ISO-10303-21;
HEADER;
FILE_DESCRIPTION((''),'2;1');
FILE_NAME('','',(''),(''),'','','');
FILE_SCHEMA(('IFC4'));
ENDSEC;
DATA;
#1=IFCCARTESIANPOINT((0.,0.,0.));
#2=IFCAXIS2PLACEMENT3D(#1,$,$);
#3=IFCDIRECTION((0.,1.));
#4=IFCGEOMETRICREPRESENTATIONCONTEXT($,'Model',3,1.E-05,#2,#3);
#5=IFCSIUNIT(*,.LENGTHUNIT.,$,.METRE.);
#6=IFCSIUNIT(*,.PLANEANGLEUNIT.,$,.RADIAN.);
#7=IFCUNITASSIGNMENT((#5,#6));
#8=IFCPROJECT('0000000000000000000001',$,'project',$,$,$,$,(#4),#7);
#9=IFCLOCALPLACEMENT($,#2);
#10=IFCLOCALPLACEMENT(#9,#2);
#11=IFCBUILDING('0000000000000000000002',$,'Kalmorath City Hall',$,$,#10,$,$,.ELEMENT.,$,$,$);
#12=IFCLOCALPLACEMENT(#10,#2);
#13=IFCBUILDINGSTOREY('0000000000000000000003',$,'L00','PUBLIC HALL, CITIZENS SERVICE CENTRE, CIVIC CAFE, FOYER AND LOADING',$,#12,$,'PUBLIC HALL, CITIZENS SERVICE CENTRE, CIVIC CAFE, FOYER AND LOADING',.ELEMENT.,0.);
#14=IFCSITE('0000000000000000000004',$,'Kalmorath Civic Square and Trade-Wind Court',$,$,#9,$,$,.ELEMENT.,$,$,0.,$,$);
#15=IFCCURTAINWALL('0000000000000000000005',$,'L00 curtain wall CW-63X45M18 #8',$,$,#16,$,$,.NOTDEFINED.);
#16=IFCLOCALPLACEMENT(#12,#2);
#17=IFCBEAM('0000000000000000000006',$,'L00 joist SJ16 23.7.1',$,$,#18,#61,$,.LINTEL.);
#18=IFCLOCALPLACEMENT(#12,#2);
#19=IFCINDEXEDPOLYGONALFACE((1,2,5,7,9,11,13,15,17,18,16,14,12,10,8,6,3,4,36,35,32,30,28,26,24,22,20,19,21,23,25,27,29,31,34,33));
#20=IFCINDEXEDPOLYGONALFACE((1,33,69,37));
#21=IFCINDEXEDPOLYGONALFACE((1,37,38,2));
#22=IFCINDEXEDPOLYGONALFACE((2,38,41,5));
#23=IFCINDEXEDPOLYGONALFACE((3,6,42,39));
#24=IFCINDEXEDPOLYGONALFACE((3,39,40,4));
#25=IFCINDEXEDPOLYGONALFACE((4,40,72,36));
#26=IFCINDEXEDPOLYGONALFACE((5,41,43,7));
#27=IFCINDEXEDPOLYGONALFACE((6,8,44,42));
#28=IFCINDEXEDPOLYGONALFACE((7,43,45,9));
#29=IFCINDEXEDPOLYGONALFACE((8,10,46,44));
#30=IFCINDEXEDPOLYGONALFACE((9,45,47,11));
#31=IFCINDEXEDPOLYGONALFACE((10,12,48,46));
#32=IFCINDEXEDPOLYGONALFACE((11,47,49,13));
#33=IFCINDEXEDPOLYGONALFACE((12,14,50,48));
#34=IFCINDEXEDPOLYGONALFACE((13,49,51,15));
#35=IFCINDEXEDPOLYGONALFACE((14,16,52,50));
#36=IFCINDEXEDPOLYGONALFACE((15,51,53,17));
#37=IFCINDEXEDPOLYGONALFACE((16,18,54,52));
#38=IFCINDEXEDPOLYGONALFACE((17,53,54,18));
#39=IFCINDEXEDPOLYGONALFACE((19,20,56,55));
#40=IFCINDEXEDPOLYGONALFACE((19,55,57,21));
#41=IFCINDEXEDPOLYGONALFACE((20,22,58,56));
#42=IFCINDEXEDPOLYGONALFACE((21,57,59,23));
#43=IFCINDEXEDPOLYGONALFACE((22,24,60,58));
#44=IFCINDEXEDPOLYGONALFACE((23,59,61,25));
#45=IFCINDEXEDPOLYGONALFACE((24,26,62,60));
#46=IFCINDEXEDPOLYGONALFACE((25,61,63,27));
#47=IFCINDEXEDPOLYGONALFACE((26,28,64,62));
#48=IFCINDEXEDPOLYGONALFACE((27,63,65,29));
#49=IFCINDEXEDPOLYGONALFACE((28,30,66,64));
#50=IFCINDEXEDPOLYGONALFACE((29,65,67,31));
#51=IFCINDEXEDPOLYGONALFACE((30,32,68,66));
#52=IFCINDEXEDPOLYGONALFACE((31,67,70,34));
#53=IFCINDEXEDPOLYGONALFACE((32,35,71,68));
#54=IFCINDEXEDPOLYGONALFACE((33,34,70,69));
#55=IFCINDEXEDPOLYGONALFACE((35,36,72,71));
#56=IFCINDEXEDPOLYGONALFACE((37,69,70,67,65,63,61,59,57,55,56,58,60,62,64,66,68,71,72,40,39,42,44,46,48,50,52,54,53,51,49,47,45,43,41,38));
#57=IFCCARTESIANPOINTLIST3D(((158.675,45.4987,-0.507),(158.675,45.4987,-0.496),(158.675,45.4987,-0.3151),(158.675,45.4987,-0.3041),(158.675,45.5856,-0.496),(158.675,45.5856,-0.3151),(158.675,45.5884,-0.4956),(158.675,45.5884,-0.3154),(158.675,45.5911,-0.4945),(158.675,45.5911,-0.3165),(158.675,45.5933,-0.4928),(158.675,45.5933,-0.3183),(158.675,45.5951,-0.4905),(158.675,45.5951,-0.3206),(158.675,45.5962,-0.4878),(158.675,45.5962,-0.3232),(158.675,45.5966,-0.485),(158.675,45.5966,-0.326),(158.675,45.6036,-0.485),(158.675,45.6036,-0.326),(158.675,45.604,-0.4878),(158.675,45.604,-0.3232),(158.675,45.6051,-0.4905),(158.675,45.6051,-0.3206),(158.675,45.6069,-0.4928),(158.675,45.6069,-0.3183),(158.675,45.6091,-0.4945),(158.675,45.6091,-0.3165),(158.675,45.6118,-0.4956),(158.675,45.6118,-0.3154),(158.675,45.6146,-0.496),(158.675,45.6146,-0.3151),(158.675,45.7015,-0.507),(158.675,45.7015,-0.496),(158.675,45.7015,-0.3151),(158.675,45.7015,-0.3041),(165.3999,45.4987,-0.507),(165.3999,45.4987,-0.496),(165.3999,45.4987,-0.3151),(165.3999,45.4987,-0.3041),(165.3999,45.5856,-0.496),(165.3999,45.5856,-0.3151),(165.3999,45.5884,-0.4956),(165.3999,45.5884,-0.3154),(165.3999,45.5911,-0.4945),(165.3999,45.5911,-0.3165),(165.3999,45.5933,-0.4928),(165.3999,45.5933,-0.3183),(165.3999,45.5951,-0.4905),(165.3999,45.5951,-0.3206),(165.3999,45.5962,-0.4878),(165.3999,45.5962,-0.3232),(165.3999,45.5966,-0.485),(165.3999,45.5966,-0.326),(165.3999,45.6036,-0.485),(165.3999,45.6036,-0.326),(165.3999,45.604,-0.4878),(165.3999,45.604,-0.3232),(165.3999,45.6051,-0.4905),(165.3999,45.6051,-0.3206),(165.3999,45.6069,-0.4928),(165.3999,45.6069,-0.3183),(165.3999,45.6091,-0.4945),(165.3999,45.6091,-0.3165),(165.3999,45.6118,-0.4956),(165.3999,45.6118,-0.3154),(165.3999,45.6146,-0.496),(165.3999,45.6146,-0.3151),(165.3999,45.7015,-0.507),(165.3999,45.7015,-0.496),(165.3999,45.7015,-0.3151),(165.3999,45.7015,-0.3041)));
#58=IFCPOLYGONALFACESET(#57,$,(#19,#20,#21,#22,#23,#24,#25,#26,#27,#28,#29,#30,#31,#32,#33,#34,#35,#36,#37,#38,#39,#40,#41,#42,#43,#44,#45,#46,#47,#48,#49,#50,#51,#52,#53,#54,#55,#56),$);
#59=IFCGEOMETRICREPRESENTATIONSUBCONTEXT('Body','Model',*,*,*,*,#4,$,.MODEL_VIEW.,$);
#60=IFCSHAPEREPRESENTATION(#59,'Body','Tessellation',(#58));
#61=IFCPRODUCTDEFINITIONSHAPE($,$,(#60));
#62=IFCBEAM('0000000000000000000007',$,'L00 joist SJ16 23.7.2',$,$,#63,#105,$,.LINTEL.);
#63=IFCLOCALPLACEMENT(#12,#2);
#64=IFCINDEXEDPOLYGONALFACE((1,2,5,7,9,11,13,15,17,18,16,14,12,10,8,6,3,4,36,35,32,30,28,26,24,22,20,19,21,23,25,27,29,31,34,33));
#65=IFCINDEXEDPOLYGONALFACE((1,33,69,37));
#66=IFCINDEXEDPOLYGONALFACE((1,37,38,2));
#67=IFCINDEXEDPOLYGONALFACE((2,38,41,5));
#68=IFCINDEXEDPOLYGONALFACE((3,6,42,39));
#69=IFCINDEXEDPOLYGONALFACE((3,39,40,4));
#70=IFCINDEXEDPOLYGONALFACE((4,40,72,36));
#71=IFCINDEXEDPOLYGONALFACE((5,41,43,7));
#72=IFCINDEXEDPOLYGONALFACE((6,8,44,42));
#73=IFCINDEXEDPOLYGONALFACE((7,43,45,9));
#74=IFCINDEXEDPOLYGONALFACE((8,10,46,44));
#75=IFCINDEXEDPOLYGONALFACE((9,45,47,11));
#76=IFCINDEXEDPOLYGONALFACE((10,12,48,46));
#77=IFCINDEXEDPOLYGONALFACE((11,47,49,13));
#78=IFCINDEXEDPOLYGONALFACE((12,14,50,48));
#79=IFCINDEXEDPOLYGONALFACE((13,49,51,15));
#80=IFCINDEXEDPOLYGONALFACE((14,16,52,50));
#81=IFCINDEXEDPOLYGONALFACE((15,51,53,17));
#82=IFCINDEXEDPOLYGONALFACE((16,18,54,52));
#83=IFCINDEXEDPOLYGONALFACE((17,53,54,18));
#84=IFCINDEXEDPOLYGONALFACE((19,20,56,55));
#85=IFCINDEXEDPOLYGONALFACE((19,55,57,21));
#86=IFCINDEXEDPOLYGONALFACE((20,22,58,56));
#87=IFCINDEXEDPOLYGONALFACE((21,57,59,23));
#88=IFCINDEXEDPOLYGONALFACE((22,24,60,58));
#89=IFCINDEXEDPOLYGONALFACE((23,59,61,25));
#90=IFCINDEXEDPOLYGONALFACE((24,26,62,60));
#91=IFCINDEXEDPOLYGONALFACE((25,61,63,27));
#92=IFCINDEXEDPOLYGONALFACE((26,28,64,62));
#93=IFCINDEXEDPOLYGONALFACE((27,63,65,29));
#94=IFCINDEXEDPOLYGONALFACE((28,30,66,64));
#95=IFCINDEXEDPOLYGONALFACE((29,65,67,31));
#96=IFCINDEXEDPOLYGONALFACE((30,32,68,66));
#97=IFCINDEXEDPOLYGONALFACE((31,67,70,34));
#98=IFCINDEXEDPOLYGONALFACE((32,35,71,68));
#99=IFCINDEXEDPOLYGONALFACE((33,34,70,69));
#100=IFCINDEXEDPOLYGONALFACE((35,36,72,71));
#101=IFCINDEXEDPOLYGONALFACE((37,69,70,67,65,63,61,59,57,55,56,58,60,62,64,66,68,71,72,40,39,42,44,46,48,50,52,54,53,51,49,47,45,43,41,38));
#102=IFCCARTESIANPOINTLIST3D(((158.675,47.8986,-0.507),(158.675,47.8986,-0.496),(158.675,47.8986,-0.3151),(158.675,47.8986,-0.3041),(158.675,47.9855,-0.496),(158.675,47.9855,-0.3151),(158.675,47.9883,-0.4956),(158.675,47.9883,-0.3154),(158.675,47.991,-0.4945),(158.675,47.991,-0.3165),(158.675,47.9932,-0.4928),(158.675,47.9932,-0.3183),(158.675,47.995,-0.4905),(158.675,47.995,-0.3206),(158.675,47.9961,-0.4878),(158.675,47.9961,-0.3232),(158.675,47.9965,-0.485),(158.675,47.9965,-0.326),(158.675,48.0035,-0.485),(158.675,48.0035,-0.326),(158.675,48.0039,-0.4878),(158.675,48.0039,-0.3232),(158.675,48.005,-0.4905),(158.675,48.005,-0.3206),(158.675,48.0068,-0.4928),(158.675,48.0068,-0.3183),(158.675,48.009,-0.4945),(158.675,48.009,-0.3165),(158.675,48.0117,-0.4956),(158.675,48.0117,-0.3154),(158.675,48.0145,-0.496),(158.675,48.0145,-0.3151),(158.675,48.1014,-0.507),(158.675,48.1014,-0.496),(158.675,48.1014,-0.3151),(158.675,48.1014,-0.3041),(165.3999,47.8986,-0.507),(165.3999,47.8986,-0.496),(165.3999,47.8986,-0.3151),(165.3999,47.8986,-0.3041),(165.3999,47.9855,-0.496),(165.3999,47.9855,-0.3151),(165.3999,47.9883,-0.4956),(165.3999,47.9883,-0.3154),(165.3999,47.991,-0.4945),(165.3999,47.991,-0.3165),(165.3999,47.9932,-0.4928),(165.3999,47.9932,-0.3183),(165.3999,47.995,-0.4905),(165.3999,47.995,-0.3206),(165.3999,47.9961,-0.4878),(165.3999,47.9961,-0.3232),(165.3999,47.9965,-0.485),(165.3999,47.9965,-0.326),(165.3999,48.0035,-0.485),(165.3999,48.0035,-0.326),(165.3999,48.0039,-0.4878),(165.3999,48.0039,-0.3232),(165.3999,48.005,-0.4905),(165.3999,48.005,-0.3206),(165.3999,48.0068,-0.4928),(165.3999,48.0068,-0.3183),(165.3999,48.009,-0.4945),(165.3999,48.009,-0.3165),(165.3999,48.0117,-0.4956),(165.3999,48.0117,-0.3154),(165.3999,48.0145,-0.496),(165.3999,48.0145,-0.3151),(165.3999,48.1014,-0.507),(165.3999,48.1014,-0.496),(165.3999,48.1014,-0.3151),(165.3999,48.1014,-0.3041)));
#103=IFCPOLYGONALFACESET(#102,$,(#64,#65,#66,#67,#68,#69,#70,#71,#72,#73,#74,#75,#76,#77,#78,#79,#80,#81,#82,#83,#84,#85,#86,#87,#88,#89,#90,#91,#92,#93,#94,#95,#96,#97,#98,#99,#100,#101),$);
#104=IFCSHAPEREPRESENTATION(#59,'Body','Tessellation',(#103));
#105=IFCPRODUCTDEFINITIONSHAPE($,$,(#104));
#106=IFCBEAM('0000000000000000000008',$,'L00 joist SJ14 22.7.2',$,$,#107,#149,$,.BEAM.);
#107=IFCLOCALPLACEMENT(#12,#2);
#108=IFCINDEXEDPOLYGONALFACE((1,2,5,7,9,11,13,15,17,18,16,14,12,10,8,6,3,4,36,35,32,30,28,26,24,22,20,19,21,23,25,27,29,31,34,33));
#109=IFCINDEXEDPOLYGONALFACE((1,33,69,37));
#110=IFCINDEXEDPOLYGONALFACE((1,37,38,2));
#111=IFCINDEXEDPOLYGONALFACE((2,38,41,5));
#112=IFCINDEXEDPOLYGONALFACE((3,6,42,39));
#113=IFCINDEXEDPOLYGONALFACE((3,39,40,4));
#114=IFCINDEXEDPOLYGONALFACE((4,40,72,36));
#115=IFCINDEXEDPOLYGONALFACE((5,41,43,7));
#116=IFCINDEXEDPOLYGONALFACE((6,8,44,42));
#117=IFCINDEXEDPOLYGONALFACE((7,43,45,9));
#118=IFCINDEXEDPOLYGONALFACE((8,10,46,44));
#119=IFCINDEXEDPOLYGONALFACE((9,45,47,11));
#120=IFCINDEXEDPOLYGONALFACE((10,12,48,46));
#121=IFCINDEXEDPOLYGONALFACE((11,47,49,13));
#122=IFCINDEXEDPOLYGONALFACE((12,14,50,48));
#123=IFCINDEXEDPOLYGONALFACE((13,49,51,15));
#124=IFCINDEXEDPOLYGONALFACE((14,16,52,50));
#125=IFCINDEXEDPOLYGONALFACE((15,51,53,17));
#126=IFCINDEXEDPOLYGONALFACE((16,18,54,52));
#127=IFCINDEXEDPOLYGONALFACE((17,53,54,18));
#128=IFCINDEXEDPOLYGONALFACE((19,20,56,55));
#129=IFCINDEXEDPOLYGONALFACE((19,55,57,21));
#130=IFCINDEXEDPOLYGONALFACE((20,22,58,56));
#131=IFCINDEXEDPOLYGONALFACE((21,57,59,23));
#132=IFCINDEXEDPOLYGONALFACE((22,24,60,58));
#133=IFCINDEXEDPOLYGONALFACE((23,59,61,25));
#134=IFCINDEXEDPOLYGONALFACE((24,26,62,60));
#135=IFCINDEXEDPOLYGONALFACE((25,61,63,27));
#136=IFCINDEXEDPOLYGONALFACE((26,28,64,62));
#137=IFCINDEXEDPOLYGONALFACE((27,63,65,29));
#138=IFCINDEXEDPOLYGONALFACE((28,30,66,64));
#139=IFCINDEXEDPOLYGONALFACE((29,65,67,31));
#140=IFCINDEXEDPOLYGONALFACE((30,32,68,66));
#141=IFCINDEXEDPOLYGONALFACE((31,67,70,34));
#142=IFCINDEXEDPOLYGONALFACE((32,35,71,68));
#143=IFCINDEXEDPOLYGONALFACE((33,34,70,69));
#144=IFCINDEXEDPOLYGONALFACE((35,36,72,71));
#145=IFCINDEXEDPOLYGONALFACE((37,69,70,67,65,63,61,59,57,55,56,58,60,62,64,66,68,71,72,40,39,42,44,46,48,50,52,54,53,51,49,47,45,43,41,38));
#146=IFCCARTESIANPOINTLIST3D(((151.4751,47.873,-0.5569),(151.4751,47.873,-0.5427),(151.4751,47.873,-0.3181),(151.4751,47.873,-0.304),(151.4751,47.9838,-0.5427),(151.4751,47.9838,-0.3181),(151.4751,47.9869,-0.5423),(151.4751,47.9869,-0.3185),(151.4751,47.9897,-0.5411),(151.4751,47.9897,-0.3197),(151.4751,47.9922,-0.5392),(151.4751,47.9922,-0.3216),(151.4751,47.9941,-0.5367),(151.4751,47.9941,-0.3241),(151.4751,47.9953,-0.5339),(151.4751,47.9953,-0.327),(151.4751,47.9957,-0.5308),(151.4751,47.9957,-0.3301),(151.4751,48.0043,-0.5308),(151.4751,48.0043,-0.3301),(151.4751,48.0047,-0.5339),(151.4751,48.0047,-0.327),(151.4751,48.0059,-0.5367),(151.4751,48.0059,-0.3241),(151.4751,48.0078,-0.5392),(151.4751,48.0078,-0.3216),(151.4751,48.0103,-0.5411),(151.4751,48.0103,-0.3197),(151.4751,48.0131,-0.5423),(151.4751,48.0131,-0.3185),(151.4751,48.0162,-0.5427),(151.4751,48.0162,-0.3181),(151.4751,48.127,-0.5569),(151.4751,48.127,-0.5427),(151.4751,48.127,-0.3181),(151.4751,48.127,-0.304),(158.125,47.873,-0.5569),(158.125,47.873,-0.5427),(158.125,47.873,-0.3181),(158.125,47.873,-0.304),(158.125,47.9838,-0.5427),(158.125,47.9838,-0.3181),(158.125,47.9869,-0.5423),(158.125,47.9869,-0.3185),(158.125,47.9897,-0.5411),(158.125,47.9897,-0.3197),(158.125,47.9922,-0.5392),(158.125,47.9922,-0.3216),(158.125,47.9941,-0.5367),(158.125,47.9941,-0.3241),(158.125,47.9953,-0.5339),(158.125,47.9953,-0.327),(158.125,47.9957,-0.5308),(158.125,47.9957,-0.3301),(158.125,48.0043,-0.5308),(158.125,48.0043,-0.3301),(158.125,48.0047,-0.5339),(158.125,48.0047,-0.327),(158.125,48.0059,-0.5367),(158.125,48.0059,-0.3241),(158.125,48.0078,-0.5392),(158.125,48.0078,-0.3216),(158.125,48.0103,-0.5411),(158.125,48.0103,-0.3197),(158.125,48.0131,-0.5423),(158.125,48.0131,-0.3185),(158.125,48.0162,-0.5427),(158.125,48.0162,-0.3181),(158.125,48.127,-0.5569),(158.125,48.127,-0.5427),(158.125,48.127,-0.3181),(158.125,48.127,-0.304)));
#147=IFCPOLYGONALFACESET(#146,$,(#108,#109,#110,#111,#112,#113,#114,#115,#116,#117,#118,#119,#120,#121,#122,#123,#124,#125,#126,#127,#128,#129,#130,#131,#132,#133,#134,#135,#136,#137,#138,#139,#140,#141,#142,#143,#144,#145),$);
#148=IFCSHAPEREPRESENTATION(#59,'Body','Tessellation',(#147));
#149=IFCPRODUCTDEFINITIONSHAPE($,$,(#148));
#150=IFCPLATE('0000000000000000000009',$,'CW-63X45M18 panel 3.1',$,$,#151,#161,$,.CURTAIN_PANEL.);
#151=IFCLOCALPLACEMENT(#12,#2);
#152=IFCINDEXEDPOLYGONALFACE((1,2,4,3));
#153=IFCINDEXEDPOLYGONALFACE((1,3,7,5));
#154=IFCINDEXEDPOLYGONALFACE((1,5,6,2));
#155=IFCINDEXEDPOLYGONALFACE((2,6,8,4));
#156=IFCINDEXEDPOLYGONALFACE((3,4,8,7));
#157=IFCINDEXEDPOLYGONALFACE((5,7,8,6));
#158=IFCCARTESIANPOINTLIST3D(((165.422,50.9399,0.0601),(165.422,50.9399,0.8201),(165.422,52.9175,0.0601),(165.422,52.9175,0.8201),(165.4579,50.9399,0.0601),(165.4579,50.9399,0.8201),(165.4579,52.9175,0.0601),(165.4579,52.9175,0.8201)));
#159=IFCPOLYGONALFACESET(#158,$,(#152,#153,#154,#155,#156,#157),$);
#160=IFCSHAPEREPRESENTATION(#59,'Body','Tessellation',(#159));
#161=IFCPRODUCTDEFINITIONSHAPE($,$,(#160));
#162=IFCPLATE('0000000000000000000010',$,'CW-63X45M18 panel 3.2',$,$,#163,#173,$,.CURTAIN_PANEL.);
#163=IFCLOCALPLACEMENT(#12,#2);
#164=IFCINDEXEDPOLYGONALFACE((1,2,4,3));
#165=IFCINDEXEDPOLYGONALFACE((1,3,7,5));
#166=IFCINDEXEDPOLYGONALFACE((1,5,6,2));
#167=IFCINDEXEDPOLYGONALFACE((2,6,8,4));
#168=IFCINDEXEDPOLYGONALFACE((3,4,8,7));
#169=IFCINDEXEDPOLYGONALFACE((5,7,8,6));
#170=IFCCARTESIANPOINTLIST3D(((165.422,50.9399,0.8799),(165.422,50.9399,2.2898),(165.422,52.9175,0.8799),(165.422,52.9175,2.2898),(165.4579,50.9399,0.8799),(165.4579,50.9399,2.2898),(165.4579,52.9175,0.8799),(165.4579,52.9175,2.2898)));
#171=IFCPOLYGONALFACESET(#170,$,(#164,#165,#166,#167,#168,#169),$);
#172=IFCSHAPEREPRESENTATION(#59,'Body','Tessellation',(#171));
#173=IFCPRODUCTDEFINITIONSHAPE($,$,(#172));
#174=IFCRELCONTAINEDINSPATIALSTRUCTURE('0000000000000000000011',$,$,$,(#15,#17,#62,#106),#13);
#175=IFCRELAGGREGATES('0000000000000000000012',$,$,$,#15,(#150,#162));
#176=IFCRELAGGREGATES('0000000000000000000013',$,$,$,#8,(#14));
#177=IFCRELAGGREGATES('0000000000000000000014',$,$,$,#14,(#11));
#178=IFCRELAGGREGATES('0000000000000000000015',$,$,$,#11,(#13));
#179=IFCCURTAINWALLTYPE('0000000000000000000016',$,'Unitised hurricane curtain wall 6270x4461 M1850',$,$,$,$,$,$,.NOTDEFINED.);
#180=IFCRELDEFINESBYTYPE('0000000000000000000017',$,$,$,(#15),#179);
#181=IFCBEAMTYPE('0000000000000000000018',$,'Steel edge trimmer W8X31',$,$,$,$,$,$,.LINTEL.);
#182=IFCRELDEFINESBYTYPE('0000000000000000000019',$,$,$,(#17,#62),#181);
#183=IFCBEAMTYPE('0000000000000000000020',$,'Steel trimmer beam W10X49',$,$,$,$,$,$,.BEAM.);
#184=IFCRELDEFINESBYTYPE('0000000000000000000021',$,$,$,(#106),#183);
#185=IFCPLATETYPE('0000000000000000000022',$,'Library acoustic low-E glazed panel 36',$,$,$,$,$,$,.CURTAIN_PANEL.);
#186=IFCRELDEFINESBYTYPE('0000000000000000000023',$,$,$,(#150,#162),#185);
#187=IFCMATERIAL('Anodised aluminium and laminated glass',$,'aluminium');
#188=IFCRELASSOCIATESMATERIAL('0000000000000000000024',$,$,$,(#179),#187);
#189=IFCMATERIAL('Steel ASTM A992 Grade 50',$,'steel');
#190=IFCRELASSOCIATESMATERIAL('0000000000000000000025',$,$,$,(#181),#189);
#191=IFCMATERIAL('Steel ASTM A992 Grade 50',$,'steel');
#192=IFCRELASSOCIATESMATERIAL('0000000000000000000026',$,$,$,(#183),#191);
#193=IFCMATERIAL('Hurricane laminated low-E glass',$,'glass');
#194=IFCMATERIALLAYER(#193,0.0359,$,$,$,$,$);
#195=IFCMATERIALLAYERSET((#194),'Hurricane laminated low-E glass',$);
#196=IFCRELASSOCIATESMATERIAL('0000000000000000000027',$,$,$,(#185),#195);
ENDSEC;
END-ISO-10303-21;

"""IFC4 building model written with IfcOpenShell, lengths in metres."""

from ifc_helpers import new_model, si_unit, direction, frame, origin, origin_2d, place, context, subcontext, project, spatial, rectangle, i_section, extrude, material, layer, layer_set, material_profile, profile_set, type_object, element, aggregate, save


model = new_model("IFC4")

# Units and contexts
model_context = context("Model", 3, precision=1e-05, world=origin(), true_north=direction((0.0, 1.0)))
body_context = subcontext(model_context, "Body", "Model", "MODEL_VIEW")
ifc_project = project(units=[si_unit("LENGTHUNIT", "METRE"), si_unit("PLANEANGLEUNIT", "RADIAN")], contexts=[model_context])

# Site, building, storey
site_placement = place(None, origin())
site = spatial("IfcSite", under=ifc_project, at=site_placement, Name="Kalmorath Civic Square and Trade-Wind Court", CompositionType="ELEMENT", RefElevation=0.0)
building_placement = place(site_placement, origin())
building = spatial("IfcBuilding", under=site, at=building_placement, Name="Kalmorath City Hall", CompositionType="ELEMENT")
storey_placement = place(building_placement, origin())
storey = spatial("IfcBuildingStorey", under=building, at=storey_placement, Name="L00", Description="PUBLIC HALL, CITIZENS SERVICE CENTRE, CIVIC CAFE, FOYER AND LOADING", LongName="PUBLIC HALL, CITIZENS SERVICE CENTRE, CIVIC CAFE, FOYER AND LOADING", CompositionType="ELEMENT", Elevation=0.0)

# Curtain wall
ifc_material_1 = material(Name="Anodised aluminium and laminated glass", Category="aluminium")
curtain_wall_type = type_object("IfcCurtainWallType", Name="Unitised hurricane curtain wall 6270x4461 M1850", PredefinedType="NOTDEFINED", material=ifc_material_1)
curtain_wall_placement = place(storey_placement, origin())
curtain_wall = element("IfcCurtainWall", 1, at=curtain_wall_placement, inside=storey, type_object=curtain_wall_type, Name="L00 curtain wall CW-63X45M18 #8", PredefinedType="NOTDEFINED")

# Beams
ifc_material_2 = material(Name="Steel ASTM A992 Grade 50", Category="steel")
ifc_material_profile_1 = material_profile(ifc_material_2, i_section(OverallWidth=0.2029, OverallDepth=0.2029, WebThickness=0.0071, FlangeThickness=0.011, FilletRadius=0.011, at=origin_2d()), Name="W8X31")
ifc_profile_set_1 = profile_set([ifc_material_profile_1], Name="Steel ASTM A992 Grade 50")
beam_type_1 = type_object("IfcBeamType", Name="Steel edge trimmer W8X31", PredefinedType="LINTEL", material=ifc_profile_set_1)
for number, where, z_axis, x_axis, name in (
    (2, (158.675, 45.6001, -0.4055), (1.0, 0.0, 0.0), (0.0, 1.0, 0.0), "L00 joist SJ16 23.7.1"),
    (3, (158.675, 48.0, -0.4055), (1.0, 0.0, 0.0), (0.0, 1.0, 0.0), "L00 joist SJ16 23.7.2"),
):
    element("IfcBeam", number, at=place(storey_placement, frame(where, z_axis=z_axis, x_axis=x_axis)), inside=storey, type_object=beam_type_1, Name=name, PredefinedType="LINTEL", context=body_context, shape_type="SweptSolid", body=[
        extrude(i_section(OverallWidth=0.2029, OverallDepth=0.2029, WebThickness=0.0071, FlangeThickness=0.011, FilletRadius=0.011, at=origin_2d()), origin(), (0.0, 0.0, 1.0), 6.7249),
    ])
ifc_material_3 = material(Name="Steel ASTM A992 Grade 50", Category="steel")
ifc_material_profile_2 = material_profile(ifc_material_3, i_section(OverallWidth=0.2539, OverallDepth=0.2529, WebThickness=0.0085, FlangeThickness=0.0142, FilletRadius=0.012, at=origin_2d()), Name="W10X49")
ifc_profile_set_2 = profile_set([ifc_material_profile_2], Name="Steel ASTM A992 Grade 50")
beam_type_2 = type_object("IfcBeamType", Name="Steel trimmer beam W10X49", PredefinedType="BEAM", material=ifc_profile_set_2)
beam_1_placement = place(storey_placement, frame((151.4751, 48.0, -0.4304), z_axis=(1.0, 0.0, 0.0), x_axis=(0.0, 1.0, 0.0)))
element("IfcBeam", 4, at=beam_1_placement, inside=storey, type_object=beam_type_2, Name="L00 joist SJ14 22.7.2", PredefinedType="BEAM", context=body_context, shape_type="SweptSolid", body=[
    extrude(i_section(OverallWidth=0.2539, OverallDepth=0.2529, WebThickness=0.0085, FlangeThickness=0.0142, FilletRadius=0.012, at=origin_2d()), origin(), (0.0, 0.0, 1.0), 6.6499),
])

# Plates
ifc_material_4 = material(Name="Hurricane laminated low-E glass", Category="glass")
ifc_layer_1 = layer(ifc_material_4, 0.0359)
ifc_layer_set_1 = layer_set([ifc_layer_1], Name="Hurricane laminated low-E glass")
plate_type = type_object("IfcPlateType", Name="Library acoustic low-E glazed panel 36", PredefinedType="CURTAIN_PANEL", material=ifc_layer_set_1)
plate_1_placement = place(storey_placement, frame((165.4399, 51.9287, 0.0601), z_axis=(0.0, 0.0, 1.0), x_axis=(0.0, -1.0, 0.0)))
plate_1 = element("IfcPlate", 5, at=plate_1_placement, type_object=plate_type, Name="CW-63X45M18 panel 3.1", PredefinedType="CURTAIN_PANEL", context=body_context, shape_type="SweptSolid", body=[
    extrude(rectangle(XDim=1.9775, YDim=0.0359, at=origin_2d()), origin(), (0.0, 0.0, 1.0), 0.76),
])
plate_2_placement = place(storey_placement, frame((165.4399, 51.9287, 0.8799), z_axis=(0.0, 0.0, 1.0), x_axis=(0.0, -1.0, 0.0)))
plate_2 = element("IfcPlate", 6, at=plate_2_placement, type_object=plate_type, Name="CW-63X45M18 panel 3.2", PredefinedType="CURTAIN_PANEL", context=body_context, shape_type="SweptSolid", body=[
    extrude(rectangle(XDim=1.9775, YDim=0.0359, at=origin_2d()), origin(), (0.0, 0.0, 1.0), 1.4099),
])
aggregate(curtain_wall, [plate_1, plate_2])

save(model, "model.ifc")
